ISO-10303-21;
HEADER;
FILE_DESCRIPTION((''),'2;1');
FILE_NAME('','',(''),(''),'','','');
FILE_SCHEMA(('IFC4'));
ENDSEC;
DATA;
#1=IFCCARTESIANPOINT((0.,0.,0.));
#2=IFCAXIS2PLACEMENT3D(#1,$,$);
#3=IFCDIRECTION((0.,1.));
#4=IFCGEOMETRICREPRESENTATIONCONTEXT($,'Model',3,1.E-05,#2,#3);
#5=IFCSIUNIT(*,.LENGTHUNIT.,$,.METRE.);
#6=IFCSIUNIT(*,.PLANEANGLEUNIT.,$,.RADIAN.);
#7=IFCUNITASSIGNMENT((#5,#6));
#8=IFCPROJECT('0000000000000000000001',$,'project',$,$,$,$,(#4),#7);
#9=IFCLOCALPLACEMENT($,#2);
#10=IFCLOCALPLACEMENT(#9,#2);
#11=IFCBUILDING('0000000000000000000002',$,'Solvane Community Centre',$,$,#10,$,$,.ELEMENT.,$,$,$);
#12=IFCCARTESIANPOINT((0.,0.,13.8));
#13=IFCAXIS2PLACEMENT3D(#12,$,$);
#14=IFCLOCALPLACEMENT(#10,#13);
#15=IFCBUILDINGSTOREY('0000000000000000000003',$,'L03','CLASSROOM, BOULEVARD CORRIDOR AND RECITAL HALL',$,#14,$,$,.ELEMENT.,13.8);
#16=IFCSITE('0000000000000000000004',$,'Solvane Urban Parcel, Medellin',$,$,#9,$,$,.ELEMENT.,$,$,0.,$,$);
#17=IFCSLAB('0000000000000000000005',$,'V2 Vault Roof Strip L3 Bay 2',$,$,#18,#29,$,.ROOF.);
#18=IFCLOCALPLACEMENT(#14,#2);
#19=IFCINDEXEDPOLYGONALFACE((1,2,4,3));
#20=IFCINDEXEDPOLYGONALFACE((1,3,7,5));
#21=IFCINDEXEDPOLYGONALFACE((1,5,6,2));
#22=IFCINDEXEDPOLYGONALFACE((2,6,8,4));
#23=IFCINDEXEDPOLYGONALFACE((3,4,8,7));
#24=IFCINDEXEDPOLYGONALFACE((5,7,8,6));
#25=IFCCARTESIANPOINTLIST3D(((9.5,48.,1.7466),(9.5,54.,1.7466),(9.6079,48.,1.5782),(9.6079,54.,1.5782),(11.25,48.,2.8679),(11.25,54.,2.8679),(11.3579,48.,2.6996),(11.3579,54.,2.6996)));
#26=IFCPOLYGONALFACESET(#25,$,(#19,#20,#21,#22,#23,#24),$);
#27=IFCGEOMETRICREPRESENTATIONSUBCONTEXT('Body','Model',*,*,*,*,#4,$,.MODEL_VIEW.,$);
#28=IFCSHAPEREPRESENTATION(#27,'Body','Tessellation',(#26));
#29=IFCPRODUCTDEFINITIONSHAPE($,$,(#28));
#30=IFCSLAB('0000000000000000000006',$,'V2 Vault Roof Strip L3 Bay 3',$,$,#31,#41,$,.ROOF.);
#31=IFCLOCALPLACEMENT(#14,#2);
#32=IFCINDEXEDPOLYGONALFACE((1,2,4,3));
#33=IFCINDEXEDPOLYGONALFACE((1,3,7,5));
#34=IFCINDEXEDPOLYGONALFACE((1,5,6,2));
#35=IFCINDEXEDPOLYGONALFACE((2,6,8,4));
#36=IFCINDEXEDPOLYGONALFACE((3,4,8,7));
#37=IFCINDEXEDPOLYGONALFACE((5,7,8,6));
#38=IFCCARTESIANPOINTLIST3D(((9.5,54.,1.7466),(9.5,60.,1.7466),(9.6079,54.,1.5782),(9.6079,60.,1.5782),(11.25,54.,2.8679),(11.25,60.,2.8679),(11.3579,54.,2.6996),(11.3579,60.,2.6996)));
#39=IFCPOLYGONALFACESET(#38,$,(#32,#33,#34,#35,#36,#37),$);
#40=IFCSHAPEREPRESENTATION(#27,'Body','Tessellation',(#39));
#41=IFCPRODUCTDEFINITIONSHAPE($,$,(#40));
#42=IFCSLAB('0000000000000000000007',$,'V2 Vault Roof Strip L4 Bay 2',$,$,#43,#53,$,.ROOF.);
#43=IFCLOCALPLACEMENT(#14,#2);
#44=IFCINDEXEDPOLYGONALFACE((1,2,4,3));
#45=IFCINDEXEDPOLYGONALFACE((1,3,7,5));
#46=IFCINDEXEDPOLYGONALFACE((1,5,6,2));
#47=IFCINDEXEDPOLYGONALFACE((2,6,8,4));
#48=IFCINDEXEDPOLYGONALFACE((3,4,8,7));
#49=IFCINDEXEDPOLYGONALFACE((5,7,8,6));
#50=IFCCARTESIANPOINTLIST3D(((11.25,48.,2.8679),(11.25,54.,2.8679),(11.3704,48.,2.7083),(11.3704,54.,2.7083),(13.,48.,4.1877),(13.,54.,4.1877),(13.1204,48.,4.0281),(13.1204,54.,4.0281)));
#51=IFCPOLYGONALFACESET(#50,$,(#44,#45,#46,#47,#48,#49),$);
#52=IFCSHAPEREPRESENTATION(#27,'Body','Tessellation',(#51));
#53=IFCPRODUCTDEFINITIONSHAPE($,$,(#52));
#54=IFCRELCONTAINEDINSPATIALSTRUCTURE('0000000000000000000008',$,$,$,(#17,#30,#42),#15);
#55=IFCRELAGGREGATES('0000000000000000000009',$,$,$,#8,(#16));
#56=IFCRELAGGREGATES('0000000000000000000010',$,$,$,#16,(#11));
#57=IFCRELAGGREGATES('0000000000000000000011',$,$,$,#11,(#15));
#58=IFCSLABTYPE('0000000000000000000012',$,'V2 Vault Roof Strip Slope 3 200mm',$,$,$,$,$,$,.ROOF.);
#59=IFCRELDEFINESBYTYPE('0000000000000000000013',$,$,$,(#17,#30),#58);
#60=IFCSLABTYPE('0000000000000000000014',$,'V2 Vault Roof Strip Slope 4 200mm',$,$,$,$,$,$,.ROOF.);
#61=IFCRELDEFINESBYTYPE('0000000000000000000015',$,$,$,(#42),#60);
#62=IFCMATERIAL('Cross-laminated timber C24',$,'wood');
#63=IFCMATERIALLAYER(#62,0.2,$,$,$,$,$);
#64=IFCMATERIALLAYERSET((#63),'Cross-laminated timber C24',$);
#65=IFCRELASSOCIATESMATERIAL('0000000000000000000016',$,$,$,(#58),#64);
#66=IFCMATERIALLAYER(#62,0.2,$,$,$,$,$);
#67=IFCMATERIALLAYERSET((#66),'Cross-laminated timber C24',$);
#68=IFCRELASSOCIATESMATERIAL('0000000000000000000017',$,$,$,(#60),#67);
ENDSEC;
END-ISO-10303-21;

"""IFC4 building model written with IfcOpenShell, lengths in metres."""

from ifc_helpers import new_model, si_unit, direction, frame, origin, place, context, subcontext, project, spatial, polyline, outline, extrude, material, layer, layer_set, type_object, element, save


model = new_model("IFC4")

# Units and contexts
model_context = context("Model", 3, precision=1e-05, world=origin(), true_north=direction((0.0, 1.0)))
body_context = subcontext(model_context, "Body", "Model", "MODEL_VIEW")
ifc_project = project(units=[si_unit("LENGTHUNIT", "METRE"), si_unit("PLANEANGLEUNIT", "RADIAN")], contexts=[model_context])

# Site, building, storey
site_placement = place(None, origin())
site = spatial("IfcSite", under=ifc_project, at=site_placement, Name="Solvane Urban Parcel, Medellin", CompositionType="ELEMENT", RefElevation=0.0)
building_placement = place(site_placement, origin())
building = spatial("IfcBuilding", under=site, at=building_placement, Name="Solvane Community Centre", CompositionType="ELEMENT")
storey_placement = place(building_placement, frame((0.0, 0.0, 13.8)))
storey = spatial("IfcBuildingStorey", under=building, at=storey_placement, Name="L03", Description="CLASSROOM, BOULEVARD CORRIDOR AND RECITAL HALL", CompositionType="ELEMENT", Elevation=13.8)

# Slabs
ifc_material_1 = material(Name="Cross-laminated timber C24", Category="wood")
ifc_layer_1 = layer(ifc_material_1, 0.2)
ifc_layer_set_1 = layer_set([ifc_layer_1], Name="Cross-laminated timber C24")
slab_type_1 = type_object("IfcSlabType", Name="V2 Vault Roof Strip Slope 3 200mm", PredefinedType="ROOF", material=ifc_layer_set_1)
for number, where, z_axis, x_axis, name in (
    (1, (9.5, 48.0, 1.7466), (-0.53951, 0.0, 0.841979), (0.841979, 0.0, 0.53951), "V2 Vault Roof Strip L3 Bay 2"),
    (2, (9.5, 54.0, 1.7466), (-0.53951, 0.0, 0.841979), (0.841979, 0.0, 0.53951), "V2 Vault Roof Strip L3 Bay 3"),
):
    element("IfcSlab", number, at=place(storey_placement, frame(where, z_axis=z_axis, x_axis=x_axis)), inside=storey, type_object=slab_type_1, Name=name, PredefinedType="ROOF", context=body_context, shape_type="SweptSolid", body=[
        extrude(outline(polyline([(0.0, 0.0), (2.0784, 0.0), (2.0784, 6.0), (0.0, 6.0), (0.0, 0.0)])), origin(), (0.0, 0.0, -1.0), 0.2),
    ])
ifc_layer_2 = layer(ifc_material_1, 0.2)
ifc_layer_set_2 = layer_set([ifc_layer_2], Name="Cross-laminated timber C24")
slab_type_2 = type_object("IfcSlabType", Name="V2 Vault Roof Strip Slope 4 200mm", PredefinedType="ROOF", material=ifc_layer_set_2)
slab_placement = place(storey_placement, frame((11.25, 48.0, 2.8679), z_axis=(-0.602136, 0.0, 0.798393), x_axis=(0.798393, 0.0, 0.602136)))
element("IfcSlab", 3, at=slab_placement, inside=storey, type_object=slab_type_2, Name="V2 Vault Roof Strip L4 Bay 2", PredefinedType="ROOF", context=body_context, shape_type="SweptSolid", body=[
    extrude(outline(polyline([(0.0, 0.0), (2.1919, 0.0), (2.1919, 6.0), (0.0, 6.0), (0.0, 0.0)])), origin(), (0.0, 0.0, -1.0), 0.2),
])

save(model, "model.ifc")
